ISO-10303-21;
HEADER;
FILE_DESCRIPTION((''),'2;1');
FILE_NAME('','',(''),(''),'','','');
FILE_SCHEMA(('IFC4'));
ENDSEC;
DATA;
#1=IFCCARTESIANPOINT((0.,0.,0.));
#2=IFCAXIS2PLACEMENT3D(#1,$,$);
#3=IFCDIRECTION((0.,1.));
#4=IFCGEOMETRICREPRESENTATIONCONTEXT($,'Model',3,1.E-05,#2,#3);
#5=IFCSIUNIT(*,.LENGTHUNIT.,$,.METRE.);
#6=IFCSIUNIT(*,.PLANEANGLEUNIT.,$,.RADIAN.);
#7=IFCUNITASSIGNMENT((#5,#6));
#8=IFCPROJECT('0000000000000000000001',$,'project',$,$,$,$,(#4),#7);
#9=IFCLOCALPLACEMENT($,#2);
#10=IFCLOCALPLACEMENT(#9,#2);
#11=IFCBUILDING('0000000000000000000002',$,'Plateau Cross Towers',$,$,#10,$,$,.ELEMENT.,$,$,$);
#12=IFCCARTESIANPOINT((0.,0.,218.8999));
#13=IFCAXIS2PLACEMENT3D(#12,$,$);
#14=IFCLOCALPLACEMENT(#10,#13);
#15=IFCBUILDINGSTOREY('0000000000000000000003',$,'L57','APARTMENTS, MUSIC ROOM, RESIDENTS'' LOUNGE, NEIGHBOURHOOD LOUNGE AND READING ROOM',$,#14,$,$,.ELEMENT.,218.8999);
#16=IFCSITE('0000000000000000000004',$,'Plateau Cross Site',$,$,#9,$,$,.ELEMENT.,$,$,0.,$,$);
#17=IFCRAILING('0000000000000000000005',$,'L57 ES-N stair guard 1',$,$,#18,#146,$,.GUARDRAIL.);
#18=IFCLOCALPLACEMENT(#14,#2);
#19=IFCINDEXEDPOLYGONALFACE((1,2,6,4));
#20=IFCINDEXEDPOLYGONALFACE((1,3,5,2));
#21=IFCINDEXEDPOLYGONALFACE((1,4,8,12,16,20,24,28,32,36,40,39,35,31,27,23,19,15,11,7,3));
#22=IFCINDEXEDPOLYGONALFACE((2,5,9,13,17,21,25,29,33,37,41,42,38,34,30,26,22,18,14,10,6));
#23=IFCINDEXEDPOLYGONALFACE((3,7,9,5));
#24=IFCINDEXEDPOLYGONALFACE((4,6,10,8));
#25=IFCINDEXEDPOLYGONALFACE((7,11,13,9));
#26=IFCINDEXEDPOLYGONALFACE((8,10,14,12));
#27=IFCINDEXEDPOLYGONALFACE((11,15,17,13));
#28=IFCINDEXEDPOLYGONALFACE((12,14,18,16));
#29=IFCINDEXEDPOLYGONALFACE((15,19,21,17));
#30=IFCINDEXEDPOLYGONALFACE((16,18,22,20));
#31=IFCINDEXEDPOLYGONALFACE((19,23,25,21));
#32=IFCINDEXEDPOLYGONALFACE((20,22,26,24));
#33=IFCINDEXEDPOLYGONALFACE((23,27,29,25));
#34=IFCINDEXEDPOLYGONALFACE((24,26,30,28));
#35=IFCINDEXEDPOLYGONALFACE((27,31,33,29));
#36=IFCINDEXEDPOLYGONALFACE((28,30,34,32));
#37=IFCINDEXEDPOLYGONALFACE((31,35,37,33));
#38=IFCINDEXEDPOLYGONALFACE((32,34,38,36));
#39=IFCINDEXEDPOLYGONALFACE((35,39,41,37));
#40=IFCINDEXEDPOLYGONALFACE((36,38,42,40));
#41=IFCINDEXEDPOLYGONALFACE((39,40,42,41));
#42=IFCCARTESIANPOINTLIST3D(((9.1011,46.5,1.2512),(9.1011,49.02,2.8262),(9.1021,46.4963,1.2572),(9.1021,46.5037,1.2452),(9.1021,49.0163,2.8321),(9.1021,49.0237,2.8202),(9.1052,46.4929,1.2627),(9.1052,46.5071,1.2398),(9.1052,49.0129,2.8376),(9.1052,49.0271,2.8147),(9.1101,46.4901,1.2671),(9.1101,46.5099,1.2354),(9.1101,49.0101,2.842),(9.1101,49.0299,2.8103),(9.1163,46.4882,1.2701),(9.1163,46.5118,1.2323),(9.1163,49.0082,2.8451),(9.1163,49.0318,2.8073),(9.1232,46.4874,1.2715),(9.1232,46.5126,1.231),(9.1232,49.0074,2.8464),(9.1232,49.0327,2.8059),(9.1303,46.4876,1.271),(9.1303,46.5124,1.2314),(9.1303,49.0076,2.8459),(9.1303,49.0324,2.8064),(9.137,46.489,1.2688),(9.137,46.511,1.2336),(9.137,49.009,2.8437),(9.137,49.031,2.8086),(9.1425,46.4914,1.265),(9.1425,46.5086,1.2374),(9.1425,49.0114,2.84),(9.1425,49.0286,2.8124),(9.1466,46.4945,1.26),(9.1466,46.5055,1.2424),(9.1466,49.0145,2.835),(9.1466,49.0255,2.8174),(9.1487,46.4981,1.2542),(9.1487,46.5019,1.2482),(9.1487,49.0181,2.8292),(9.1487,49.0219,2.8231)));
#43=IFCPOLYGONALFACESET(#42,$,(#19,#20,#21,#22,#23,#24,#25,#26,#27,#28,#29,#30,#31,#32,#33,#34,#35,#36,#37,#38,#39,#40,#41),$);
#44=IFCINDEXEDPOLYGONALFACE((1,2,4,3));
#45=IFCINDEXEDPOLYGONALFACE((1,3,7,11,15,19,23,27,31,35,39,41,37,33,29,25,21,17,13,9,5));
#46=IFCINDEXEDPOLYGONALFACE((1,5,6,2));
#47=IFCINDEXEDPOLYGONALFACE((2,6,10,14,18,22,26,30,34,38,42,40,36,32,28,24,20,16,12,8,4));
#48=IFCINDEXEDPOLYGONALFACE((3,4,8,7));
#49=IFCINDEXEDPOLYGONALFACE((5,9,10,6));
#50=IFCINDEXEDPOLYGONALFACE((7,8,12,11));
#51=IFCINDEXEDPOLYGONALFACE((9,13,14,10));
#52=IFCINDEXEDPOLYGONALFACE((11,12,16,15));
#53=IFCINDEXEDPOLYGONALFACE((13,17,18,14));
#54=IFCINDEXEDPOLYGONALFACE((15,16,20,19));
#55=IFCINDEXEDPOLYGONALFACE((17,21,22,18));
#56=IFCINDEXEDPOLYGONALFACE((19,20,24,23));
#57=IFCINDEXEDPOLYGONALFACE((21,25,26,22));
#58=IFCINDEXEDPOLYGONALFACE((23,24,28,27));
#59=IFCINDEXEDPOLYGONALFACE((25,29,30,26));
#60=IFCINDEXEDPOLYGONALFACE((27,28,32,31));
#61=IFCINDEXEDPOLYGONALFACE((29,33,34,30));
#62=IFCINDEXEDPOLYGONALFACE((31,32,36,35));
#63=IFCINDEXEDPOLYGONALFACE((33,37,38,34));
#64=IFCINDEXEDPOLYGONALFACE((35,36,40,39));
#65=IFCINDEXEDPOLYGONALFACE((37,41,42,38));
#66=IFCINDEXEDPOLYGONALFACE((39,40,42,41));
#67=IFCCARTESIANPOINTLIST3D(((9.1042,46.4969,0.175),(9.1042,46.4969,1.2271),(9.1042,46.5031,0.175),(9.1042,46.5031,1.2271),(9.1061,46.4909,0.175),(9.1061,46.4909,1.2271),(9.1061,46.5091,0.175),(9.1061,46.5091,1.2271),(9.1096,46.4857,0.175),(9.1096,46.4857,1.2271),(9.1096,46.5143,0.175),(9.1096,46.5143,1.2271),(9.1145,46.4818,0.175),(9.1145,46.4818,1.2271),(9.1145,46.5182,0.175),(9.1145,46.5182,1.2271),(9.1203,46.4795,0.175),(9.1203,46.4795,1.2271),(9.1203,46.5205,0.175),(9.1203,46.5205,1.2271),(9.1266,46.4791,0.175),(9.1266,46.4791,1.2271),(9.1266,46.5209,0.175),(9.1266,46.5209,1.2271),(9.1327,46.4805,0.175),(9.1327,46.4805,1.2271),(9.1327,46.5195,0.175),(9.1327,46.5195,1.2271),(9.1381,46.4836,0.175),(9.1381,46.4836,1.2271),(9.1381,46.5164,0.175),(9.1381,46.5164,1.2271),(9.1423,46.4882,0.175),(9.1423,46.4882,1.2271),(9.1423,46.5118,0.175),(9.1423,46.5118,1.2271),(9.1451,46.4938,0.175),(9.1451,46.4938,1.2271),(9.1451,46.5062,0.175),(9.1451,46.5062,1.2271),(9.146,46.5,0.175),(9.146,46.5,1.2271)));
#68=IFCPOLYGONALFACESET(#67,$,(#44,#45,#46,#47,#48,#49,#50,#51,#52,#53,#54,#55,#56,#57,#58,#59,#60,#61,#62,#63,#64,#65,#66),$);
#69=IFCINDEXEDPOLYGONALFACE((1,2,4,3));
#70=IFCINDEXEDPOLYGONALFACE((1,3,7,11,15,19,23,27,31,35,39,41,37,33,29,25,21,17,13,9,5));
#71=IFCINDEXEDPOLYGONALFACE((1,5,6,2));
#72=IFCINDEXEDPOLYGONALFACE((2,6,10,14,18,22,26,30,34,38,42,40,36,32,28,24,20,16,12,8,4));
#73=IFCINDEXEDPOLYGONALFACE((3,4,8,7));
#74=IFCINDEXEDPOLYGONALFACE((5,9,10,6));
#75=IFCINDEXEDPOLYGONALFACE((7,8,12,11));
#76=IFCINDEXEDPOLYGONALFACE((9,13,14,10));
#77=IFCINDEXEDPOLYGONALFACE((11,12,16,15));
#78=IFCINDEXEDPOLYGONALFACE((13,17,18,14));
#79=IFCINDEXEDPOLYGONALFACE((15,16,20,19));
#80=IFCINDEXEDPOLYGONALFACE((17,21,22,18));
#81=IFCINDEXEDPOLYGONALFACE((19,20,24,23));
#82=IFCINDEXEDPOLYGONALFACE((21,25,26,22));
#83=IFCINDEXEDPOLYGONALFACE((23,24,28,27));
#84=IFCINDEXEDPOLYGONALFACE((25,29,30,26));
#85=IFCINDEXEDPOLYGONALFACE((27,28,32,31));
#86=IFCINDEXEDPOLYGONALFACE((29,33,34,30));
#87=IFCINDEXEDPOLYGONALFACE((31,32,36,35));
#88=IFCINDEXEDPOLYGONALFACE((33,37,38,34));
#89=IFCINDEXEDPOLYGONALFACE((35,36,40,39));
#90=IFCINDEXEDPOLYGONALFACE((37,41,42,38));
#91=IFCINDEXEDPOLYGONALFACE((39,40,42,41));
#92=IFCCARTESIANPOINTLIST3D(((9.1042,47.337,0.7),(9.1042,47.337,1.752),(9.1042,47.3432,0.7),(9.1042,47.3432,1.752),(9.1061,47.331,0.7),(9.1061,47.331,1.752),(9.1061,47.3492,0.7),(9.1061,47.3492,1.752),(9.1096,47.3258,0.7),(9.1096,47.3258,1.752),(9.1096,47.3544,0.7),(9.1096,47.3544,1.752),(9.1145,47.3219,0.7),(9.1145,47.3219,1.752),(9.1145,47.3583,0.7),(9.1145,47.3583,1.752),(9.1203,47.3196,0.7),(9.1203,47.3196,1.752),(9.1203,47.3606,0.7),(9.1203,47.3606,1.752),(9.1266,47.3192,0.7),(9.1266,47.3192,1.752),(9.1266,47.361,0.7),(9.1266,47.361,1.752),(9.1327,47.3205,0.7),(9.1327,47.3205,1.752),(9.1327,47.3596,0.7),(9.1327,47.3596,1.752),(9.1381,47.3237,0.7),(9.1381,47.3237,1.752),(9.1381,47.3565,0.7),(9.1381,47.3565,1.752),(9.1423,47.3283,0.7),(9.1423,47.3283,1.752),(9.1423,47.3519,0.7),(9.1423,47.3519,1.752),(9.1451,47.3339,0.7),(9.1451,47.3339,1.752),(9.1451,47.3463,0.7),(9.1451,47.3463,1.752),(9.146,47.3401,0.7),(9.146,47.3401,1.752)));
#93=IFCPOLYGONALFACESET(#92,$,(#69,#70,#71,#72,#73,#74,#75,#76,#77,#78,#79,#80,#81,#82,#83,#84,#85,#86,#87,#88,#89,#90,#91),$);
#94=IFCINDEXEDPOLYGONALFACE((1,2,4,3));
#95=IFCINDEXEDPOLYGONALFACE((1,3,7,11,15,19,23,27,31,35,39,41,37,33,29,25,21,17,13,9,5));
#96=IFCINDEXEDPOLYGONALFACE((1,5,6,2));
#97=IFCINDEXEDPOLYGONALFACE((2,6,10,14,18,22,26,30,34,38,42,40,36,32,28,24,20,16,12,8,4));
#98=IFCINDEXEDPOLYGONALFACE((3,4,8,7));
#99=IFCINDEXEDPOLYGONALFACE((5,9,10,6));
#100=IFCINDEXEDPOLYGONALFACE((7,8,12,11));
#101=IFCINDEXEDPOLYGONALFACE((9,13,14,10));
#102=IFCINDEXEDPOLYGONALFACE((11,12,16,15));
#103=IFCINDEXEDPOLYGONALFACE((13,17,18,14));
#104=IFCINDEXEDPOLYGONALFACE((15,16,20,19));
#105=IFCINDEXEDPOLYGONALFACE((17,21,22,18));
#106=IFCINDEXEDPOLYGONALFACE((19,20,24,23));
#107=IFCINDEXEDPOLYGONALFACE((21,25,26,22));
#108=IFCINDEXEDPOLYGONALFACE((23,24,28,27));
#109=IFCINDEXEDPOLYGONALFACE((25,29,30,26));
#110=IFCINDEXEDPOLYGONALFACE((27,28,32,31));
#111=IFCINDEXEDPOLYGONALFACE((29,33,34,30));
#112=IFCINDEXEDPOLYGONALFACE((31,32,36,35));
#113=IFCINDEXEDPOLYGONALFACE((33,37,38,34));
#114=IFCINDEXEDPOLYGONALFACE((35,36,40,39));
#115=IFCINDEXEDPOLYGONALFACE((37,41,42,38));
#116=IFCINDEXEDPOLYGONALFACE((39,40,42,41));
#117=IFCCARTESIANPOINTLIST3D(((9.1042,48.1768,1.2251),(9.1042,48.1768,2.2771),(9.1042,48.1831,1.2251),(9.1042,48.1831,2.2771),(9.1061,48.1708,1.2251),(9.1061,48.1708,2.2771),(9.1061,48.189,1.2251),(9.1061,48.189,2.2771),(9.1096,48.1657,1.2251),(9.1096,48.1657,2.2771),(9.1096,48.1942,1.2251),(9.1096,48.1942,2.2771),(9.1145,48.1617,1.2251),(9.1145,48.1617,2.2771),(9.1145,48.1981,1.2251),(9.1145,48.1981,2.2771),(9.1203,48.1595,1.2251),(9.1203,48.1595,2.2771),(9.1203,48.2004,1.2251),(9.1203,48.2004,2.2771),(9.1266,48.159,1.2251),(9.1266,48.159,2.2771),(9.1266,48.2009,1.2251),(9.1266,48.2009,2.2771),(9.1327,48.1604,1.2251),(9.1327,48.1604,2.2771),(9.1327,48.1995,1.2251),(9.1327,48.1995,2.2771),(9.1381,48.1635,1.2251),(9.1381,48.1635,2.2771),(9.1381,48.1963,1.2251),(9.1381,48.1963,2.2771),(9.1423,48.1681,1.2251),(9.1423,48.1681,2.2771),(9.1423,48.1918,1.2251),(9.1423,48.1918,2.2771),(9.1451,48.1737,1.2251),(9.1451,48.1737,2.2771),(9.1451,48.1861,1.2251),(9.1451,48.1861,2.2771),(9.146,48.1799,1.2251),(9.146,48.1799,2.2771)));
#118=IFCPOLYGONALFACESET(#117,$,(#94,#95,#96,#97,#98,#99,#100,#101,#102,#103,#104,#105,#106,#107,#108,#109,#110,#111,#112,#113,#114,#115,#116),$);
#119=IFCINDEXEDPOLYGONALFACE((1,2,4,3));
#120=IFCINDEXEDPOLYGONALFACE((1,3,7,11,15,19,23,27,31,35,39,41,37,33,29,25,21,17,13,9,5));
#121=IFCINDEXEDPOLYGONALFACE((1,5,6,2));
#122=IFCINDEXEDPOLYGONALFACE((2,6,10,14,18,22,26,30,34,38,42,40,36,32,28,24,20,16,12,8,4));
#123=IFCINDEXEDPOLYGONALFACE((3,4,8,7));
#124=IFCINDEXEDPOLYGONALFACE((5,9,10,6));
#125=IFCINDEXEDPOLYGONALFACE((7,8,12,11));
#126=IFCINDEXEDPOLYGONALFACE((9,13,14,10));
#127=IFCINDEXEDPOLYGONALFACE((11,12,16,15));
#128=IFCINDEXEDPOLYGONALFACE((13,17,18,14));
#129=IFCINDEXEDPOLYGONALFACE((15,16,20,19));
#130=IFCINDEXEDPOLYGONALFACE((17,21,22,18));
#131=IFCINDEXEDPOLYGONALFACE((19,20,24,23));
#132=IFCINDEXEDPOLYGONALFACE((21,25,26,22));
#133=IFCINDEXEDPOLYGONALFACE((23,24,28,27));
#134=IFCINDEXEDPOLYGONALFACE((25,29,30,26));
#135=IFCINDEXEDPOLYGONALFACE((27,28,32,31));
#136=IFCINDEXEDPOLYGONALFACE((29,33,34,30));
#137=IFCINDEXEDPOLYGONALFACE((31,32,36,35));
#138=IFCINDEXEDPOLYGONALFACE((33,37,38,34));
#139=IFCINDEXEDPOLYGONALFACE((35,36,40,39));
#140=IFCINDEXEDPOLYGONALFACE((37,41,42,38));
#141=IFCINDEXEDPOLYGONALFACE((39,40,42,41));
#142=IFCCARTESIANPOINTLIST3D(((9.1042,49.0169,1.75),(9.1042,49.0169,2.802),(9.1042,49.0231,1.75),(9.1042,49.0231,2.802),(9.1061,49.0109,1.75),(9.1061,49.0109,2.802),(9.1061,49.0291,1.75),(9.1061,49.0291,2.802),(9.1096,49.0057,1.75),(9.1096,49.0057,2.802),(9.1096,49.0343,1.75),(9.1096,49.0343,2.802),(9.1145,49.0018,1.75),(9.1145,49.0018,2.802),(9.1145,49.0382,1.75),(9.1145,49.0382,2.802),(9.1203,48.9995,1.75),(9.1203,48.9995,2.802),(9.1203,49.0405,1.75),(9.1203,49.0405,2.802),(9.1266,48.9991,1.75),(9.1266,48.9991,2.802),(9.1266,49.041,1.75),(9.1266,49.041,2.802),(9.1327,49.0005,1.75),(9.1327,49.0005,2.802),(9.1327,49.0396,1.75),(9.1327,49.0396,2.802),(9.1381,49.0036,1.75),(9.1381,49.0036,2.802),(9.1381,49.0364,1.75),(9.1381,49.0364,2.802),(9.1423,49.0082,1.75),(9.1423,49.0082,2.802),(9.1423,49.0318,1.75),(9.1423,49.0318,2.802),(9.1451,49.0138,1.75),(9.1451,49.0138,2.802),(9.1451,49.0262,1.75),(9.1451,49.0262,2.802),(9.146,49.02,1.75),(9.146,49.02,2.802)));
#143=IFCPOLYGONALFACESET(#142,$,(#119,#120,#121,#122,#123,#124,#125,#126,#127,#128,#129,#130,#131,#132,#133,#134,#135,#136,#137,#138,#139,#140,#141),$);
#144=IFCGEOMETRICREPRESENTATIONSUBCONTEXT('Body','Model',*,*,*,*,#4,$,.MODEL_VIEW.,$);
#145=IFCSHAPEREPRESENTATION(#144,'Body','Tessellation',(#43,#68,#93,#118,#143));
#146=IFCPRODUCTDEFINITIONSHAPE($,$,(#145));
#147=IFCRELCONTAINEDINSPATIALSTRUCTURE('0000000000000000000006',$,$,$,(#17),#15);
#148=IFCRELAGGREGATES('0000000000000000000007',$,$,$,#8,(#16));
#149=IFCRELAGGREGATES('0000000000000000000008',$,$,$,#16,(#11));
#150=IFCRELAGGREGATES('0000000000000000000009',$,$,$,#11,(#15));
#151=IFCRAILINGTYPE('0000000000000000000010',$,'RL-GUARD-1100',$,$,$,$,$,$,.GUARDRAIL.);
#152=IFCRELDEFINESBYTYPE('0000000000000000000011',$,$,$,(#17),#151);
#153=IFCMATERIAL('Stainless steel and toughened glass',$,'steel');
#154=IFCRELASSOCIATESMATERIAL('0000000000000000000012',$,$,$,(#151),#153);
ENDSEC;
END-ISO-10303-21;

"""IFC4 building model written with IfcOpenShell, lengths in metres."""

from ifc_helpers import new_model, si_unit, direction, frame, origin, origin_2d, place, context, subcontext, project, spatial, circle, extrude, material, type_object, element, save


model = new_model("IFC4")

# Units and contexts
model_context = context("Model", 3, precision=1e-05, world=origin(), true_north=direction((0.0, 1.0)))
body_context = subcontext(model_context, "Body", "Model", "MODEL_VIEW")
ifc_project = project(units=[si_unit("LENGTHUNIT", "METRE"), si_unit("PLANEANGLEUNIT", "RADIAN")], contexts=[model_context])

# Site, building, storey
site_placement = place(None, origin())
site = spatial("IfcSite", under=ifc_project, at=site_placement, Name="Plateau Cross Site", CompositionType="ELEMENT", RefElevation=0.0)
building_placement = place(site_placement, origin())
building = spatial("IfcBuilding", under=site, at=building_placement, Name="Plateau Cross Towers", CompositionType="ELEMENT")
storey_placement = place(building_placement, frame((0.0, 0.0, 218.8999)))
storey = spatial("IfcBuildingStorey", under=building, at=storey_placement, Name="L57", Description="APARTMENTS, MUSIC ROOM, RESIDENTS' LOUNGE, NEIGHBOURHOOD LOUNGE AND READING ROOM", CompositionType="ELEMENT", Elevation=218.8999)

# Railing
ifc_material_1 = material(Name="Stainless steel and toughened glass", Category="steel")
railing_type_1 = type_object("IfcRailingType", Name="RL-GUARD-1100", PredefinedType="GUARDRAIL", material=ifc_material_1)
railing_1_placement = place(storey_placement, frame((9.125, 46.5, 0.175)))
element("IfcRailing", 1, at=railing_1_placement, inside=storey, type_object=railing_type_1, Name="L57 ES-N stair guard 1", PredefinedType="GUARDRAIL", context=body_context, shape_type="SweptSolid", body=[
    extrude(circle(Radius=0.0239, at=origin_2d()), frame((0.0, 0.0, 1.0762), z_axis=(0.0, 0.848008, 0.529984), x_axis=(-1.0, 0.0, 0.0)), (0.0, 0.0, 1.0), 2.9717),
    extrude(circle(Radius=0.021, at=origin_2d()), origin(), (0.0, 0.0, 1.0), 1.052),
    extrude(circle(Radius=0.021, at=origin_2d()), frame((0.0, 0.8401, 0.5249)), (0.0, 0.0, 1.0), 1.052),
    extrude(circle(Radius=0.021, at=origin_2d()), frame((0.0, 1.6799, 1.05)), (0.0, 0.0, 1.0), 1.052),
    extrude(circle(Radius=0.021, at=origin_2d()), frame((0.0, 2.52, 1.575)), (0.0, 0.0, 1.0), 1.052),
])

save(model, "model.ifc")
